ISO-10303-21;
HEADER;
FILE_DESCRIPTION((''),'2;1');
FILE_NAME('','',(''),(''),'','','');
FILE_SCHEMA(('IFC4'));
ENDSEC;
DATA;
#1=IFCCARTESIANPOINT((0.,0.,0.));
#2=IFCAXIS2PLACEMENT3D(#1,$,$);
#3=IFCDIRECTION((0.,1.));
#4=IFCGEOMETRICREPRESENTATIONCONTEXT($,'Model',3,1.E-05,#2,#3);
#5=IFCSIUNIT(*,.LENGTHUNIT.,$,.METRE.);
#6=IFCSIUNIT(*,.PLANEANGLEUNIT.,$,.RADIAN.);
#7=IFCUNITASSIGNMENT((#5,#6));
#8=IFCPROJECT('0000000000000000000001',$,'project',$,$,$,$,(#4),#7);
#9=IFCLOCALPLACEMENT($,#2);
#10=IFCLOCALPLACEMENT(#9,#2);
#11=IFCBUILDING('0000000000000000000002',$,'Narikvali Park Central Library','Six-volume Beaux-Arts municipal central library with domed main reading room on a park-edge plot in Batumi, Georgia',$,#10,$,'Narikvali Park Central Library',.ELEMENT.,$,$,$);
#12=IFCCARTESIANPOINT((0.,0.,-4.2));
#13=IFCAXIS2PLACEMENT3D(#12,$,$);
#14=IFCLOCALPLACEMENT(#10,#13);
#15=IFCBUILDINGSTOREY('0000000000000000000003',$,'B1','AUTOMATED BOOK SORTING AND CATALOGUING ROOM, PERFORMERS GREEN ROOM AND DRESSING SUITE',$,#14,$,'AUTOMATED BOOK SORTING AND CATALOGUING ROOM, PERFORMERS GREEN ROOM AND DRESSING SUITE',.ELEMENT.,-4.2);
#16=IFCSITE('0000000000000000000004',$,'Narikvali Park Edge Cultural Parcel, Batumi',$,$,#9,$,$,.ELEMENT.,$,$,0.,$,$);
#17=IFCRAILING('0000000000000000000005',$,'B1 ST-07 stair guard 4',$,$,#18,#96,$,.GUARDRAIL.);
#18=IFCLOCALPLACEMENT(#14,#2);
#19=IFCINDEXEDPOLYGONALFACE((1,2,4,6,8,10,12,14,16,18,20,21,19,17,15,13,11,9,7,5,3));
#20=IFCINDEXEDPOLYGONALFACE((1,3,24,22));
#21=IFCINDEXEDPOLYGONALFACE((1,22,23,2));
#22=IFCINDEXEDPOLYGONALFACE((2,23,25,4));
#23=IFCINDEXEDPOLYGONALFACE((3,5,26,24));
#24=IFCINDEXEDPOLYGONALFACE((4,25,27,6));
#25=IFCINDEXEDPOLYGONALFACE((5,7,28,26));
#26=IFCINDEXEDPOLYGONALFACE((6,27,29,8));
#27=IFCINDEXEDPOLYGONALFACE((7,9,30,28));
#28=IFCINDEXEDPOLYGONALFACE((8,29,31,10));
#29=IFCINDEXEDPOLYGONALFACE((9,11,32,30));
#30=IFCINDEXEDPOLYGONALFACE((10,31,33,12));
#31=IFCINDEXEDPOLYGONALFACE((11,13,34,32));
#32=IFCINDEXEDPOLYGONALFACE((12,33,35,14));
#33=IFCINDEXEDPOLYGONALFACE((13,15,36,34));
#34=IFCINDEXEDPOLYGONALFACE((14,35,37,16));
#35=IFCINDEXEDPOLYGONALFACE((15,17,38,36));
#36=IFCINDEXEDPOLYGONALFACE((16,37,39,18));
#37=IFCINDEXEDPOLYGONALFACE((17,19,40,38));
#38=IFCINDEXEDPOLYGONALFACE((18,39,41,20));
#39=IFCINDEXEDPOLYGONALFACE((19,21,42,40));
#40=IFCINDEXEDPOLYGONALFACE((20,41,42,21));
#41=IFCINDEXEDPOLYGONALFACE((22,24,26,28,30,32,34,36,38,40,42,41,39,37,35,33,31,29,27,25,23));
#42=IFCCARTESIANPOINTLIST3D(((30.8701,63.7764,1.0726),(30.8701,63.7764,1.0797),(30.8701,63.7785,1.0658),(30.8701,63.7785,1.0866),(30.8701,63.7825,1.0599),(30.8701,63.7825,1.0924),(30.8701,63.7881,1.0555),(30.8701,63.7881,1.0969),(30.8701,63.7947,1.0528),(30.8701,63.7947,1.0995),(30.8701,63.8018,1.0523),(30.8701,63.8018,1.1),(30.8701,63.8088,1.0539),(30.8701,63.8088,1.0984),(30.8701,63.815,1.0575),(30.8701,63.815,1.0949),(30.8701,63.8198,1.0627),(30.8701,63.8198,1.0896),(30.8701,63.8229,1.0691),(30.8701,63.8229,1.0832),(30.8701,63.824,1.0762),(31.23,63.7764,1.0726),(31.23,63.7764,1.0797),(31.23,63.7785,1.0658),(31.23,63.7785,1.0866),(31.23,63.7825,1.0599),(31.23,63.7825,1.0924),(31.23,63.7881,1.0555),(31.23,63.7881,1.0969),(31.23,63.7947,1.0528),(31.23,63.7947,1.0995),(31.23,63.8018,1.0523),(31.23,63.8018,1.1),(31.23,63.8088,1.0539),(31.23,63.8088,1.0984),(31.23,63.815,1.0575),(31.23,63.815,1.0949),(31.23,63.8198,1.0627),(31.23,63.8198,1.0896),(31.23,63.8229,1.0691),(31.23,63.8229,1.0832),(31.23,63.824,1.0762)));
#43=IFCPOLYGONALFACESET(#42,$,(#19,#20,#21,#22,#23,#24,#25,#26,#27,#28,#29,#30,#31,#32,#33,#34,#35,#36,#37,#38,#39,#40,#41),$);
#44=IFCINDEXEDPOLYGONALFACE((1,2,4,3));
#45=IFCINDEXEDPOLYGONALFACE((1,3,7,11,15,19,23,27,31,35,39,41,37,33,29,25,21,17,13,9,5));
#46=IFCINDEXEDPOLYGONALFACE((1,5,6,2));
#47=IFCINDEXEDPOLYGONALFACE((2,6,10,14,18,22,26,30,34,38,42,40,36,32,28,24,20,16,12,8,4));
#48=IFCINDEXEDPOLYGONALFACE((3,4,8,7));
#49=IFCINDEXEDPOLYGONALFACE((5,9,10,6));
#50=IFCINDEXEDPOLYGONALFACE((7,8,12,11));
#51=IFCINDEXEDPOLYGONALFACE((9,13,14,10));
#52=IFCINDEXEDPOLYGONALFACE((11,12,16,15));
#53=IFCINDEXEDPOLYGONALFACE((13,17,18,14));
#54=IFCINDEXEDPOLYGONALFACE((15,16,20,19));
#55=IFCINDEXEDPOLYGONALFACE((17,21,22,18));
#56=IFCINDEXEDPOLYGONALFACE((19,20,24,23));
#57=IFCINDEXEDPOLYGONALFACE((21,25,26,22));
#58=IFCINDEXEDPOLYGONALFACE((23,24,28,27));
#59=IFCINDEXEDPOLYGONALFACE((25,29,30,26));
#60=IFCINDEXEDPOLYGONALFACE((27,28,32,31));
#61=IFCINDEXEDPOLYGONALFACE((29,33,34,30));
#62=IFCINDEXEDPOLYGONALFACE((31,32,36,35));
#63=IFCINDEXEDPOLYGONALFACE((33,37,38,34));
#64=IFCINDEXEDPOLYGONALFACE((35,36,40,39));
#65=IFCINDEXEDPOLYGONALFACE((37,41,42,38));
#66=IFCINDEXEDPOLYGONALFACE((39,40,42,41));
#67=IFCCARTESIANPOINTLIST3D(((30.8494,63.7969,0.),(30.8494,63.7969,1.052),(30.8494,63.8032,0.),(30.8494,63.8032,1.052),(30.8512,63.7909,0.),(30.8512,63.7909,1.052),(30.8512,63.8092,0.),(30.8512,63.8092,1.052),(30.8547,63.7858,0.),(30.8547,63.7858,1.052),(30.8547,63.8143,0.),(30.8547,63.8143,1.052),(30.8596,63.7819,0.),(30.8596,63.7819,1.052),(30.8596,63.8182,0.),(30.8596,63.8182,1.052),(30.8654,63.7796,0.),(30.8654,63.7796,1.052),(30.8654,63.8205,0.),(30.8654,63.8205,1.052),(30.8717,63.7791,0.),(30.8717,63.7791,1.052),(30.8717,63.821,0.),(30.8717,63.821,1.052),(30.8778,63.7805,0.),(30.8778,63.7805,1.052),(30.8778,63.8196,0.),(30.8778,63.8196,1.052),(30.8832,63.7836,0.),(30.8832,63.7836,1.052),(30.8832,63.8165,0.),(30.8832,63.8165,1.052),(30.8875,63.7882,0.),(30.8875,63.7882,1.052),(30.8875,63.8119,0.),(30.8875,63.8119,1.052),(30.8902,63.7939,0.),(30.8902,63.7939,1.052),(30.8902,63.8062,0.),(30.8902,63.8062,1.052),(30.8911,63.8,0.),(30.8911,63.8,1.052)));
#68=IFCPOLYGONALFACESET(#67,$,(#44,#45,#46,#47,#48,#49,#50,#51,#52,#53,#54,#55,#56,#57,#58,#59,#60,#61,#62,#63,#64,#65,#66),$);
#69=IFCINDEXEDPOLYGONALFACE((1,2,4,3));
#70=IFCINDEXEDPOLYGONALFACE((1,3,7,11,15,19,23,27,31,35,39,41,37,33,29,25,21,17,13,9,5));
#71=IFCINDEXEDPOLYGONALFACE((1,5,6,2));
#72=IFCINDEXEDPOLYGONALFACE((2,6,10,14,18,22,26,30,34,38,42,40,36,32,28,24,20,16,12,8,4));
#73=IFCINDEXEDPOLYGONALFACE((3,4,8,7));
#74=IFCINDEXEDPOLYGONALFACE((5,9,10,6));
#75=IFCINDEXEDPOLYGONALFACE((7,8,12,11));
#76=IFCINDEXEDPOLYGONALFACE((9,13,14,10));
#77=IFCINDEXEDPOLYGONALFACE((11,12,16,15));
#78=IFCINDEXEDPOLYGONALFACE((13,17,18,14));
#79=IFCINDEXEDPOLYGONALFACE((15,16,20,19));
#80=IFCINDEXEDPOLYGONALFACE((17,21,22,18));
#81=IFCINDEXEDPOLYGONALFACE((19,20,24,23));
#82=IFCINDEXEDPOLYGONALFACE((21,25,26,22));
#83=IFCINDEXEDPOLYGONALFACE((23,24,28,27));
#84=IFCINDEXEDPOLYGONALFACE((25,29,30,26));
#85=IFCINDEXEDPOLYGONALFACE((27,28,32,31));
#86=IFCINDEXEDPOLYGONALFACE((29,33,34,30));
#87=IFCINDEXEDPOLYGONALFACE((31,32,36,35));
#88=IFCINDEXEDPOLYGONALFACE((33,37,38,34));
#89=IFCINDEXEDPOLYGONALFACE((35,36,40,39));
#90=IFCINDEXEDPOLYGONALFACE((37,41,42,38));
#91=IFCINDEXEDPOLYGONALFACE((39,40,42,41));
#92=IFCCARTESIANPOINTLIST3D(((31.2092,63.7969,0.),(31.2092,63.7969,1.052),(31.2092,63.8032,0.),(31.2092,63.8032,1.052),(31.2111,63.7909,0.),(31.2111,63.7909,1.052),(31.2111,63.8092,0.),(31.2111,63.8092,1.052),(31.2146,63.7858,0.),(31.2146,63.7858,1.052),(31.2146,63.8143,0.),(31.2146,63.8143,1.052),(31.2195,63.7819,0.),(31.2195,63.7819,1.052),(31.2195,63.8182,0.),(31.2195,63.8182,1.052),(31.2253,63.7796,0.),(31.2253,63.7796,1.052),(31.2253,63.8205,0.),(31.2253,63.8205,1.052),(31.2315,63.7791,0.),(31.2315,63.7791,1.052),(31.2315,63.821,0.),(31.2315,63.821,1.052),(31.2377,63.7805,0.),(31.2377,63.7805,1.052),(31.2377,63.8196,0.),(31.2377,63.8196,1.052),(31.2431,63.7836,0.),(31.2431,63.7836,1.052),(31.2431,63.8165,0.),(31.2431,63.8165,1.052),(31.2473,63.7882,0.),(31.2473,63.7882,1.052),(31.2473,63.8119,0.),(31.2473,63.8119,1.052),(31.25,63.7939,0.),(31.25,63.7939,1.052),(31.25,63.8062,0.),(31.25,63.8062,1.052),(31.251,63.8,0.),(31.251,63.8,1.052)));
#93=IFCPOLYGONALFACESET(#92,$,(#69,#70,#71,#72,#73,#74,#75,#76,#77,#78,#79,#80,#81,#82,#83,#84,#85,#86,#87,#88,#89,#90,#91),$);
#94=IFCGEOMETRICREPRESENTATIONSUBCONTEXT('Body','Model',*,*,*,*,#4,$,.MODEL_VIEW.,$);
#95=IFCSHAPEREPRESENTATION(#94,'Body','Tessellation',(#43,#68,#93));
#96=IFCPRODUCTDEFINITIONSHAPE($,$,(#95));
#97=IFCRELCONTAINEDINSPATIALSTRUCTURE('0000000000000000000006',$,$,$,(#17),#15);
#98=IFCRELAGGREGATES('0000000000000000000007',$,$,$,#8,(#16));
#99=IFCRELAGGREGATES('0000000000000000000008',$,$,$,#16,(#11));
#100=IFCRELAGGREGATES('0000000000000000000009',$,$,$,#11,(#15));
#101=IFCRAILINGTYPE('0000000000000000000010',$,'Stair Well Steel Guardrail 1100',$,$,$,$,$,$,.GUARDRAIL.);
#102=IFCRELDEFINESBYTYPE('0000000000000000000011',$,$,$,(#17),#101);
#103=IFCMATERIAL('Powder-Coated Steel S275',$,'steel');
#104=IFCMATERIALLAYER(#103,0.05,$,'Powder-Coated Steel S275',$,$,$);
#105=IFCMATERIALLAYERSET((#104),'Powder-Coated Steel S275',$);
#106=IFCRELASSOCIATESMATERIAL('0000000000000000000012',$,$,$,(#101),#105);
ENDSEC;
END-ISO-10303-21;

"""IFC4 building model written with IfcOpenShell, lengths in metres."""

from ifc_helpers import new_model, si_unit, direction, frame, origin, origin_2d, place, context, subcontext, project, spatial, circle, extrude, material, layer, layer_set, type_object, element, save


model = new_model("IFC4")

# Units and contexts
model_context = context("Model", 3, precision=1e-05, world=origin(), true_north=direction((0.0, 1.0)))
body_context = subcontext(model_context, "Body", "Model", "MODEL_VIEW")
ifc_project = project(units=[si_unit("LENGTHUNIT", "METRE"), si_unit("PLANEANGLEUNIT", "RADIAN")], contexts=[model_context])

# Site, building, storey
site_placement = place(None, origin())
site = spatial("IfcSite", under=ifc_project, at=site_placement, Name="Narikvali Park Edge Cultural Parcel, Batumi", CompositionType="ELEMENT", RefElevation=0.0)
building_placement = place(site_placement, origin())
building = spatial("IfcBuilding", under=site, at=building_placement, Name="Narikvali Park Central Library", Description="Six-volume Beaux-Arts municipal central library with domed main reading room on a park-edge plot in Batumi, Georgia", LongName="Narikvali Park Central Library", CompositionType="ELEMENT")
storey_placement = place(building_placement, frame((0.0, 0.0, -4.2)))
storey = spatial("IfcBuildingStorey", under=building, at=storey_placement, Name="B1", Description="AUTOMATED BOOK SORTING AND CATALOGUING ROOM, PERFORMERS GREEN ROOM AND DRESSING SUITE", LongName="AUTOMATED BOOK SORTING AND CATALOGUING ROOM, PERFORMERS GREEN ROOM AND DRESSING SUITE", CompositionType="ELEMENT", Elevation=-4.2)

# Railing
ifc_material_1 = material(Name="Powder-Coated Steel S275", Category="steel")
ifc_layer_1 = layer(ifc_material_1, 0.05, Name="Powder-Coated Steel S275")
ifc_layer_set_1 = layer_set([ifc_layer_1], Name="Powder-Coated Steel S275")
railing_type_1 = type_object("IfcRailingType", Name="Stair Well Steel Guardrail 1100", PredefinedType="GUARDRAIL", material=ifc_layer_set_1)
railing_1_placement = place(storey_placement, frame((30.8701, 63.8, 0.0)))
element("IfcRailing", 1, at=railing_1_placement, inside=storey, type_object=railing_type_1, Name="B1 ST-07 stair guard 4", PredefinedType="GUARDRAIL", context=body_context, shape_type="SweptSolid", body=[
    extrude(circle(Radius=0.0239, at=origin_2d()), frame((0.0, 0.0, 1.0762), z_axis=(1.0, 0.0, 0.0), x_axis=(0.0, 1.0, 0.0)), (0.0, 0.0, 1.0), 0.3599),
    extrude(circle(Radius=0.021, at=origin_2d()), origin(), (0.0, 0.0, 1.0), 1.052),
    extrude(circle(Radius=0.021, at=origin_2d()), frame((0.3599, 0.0, 0.0)), (0.0, 0.0, 1.0), 1.052),
])

save(model, "model.ifc")
